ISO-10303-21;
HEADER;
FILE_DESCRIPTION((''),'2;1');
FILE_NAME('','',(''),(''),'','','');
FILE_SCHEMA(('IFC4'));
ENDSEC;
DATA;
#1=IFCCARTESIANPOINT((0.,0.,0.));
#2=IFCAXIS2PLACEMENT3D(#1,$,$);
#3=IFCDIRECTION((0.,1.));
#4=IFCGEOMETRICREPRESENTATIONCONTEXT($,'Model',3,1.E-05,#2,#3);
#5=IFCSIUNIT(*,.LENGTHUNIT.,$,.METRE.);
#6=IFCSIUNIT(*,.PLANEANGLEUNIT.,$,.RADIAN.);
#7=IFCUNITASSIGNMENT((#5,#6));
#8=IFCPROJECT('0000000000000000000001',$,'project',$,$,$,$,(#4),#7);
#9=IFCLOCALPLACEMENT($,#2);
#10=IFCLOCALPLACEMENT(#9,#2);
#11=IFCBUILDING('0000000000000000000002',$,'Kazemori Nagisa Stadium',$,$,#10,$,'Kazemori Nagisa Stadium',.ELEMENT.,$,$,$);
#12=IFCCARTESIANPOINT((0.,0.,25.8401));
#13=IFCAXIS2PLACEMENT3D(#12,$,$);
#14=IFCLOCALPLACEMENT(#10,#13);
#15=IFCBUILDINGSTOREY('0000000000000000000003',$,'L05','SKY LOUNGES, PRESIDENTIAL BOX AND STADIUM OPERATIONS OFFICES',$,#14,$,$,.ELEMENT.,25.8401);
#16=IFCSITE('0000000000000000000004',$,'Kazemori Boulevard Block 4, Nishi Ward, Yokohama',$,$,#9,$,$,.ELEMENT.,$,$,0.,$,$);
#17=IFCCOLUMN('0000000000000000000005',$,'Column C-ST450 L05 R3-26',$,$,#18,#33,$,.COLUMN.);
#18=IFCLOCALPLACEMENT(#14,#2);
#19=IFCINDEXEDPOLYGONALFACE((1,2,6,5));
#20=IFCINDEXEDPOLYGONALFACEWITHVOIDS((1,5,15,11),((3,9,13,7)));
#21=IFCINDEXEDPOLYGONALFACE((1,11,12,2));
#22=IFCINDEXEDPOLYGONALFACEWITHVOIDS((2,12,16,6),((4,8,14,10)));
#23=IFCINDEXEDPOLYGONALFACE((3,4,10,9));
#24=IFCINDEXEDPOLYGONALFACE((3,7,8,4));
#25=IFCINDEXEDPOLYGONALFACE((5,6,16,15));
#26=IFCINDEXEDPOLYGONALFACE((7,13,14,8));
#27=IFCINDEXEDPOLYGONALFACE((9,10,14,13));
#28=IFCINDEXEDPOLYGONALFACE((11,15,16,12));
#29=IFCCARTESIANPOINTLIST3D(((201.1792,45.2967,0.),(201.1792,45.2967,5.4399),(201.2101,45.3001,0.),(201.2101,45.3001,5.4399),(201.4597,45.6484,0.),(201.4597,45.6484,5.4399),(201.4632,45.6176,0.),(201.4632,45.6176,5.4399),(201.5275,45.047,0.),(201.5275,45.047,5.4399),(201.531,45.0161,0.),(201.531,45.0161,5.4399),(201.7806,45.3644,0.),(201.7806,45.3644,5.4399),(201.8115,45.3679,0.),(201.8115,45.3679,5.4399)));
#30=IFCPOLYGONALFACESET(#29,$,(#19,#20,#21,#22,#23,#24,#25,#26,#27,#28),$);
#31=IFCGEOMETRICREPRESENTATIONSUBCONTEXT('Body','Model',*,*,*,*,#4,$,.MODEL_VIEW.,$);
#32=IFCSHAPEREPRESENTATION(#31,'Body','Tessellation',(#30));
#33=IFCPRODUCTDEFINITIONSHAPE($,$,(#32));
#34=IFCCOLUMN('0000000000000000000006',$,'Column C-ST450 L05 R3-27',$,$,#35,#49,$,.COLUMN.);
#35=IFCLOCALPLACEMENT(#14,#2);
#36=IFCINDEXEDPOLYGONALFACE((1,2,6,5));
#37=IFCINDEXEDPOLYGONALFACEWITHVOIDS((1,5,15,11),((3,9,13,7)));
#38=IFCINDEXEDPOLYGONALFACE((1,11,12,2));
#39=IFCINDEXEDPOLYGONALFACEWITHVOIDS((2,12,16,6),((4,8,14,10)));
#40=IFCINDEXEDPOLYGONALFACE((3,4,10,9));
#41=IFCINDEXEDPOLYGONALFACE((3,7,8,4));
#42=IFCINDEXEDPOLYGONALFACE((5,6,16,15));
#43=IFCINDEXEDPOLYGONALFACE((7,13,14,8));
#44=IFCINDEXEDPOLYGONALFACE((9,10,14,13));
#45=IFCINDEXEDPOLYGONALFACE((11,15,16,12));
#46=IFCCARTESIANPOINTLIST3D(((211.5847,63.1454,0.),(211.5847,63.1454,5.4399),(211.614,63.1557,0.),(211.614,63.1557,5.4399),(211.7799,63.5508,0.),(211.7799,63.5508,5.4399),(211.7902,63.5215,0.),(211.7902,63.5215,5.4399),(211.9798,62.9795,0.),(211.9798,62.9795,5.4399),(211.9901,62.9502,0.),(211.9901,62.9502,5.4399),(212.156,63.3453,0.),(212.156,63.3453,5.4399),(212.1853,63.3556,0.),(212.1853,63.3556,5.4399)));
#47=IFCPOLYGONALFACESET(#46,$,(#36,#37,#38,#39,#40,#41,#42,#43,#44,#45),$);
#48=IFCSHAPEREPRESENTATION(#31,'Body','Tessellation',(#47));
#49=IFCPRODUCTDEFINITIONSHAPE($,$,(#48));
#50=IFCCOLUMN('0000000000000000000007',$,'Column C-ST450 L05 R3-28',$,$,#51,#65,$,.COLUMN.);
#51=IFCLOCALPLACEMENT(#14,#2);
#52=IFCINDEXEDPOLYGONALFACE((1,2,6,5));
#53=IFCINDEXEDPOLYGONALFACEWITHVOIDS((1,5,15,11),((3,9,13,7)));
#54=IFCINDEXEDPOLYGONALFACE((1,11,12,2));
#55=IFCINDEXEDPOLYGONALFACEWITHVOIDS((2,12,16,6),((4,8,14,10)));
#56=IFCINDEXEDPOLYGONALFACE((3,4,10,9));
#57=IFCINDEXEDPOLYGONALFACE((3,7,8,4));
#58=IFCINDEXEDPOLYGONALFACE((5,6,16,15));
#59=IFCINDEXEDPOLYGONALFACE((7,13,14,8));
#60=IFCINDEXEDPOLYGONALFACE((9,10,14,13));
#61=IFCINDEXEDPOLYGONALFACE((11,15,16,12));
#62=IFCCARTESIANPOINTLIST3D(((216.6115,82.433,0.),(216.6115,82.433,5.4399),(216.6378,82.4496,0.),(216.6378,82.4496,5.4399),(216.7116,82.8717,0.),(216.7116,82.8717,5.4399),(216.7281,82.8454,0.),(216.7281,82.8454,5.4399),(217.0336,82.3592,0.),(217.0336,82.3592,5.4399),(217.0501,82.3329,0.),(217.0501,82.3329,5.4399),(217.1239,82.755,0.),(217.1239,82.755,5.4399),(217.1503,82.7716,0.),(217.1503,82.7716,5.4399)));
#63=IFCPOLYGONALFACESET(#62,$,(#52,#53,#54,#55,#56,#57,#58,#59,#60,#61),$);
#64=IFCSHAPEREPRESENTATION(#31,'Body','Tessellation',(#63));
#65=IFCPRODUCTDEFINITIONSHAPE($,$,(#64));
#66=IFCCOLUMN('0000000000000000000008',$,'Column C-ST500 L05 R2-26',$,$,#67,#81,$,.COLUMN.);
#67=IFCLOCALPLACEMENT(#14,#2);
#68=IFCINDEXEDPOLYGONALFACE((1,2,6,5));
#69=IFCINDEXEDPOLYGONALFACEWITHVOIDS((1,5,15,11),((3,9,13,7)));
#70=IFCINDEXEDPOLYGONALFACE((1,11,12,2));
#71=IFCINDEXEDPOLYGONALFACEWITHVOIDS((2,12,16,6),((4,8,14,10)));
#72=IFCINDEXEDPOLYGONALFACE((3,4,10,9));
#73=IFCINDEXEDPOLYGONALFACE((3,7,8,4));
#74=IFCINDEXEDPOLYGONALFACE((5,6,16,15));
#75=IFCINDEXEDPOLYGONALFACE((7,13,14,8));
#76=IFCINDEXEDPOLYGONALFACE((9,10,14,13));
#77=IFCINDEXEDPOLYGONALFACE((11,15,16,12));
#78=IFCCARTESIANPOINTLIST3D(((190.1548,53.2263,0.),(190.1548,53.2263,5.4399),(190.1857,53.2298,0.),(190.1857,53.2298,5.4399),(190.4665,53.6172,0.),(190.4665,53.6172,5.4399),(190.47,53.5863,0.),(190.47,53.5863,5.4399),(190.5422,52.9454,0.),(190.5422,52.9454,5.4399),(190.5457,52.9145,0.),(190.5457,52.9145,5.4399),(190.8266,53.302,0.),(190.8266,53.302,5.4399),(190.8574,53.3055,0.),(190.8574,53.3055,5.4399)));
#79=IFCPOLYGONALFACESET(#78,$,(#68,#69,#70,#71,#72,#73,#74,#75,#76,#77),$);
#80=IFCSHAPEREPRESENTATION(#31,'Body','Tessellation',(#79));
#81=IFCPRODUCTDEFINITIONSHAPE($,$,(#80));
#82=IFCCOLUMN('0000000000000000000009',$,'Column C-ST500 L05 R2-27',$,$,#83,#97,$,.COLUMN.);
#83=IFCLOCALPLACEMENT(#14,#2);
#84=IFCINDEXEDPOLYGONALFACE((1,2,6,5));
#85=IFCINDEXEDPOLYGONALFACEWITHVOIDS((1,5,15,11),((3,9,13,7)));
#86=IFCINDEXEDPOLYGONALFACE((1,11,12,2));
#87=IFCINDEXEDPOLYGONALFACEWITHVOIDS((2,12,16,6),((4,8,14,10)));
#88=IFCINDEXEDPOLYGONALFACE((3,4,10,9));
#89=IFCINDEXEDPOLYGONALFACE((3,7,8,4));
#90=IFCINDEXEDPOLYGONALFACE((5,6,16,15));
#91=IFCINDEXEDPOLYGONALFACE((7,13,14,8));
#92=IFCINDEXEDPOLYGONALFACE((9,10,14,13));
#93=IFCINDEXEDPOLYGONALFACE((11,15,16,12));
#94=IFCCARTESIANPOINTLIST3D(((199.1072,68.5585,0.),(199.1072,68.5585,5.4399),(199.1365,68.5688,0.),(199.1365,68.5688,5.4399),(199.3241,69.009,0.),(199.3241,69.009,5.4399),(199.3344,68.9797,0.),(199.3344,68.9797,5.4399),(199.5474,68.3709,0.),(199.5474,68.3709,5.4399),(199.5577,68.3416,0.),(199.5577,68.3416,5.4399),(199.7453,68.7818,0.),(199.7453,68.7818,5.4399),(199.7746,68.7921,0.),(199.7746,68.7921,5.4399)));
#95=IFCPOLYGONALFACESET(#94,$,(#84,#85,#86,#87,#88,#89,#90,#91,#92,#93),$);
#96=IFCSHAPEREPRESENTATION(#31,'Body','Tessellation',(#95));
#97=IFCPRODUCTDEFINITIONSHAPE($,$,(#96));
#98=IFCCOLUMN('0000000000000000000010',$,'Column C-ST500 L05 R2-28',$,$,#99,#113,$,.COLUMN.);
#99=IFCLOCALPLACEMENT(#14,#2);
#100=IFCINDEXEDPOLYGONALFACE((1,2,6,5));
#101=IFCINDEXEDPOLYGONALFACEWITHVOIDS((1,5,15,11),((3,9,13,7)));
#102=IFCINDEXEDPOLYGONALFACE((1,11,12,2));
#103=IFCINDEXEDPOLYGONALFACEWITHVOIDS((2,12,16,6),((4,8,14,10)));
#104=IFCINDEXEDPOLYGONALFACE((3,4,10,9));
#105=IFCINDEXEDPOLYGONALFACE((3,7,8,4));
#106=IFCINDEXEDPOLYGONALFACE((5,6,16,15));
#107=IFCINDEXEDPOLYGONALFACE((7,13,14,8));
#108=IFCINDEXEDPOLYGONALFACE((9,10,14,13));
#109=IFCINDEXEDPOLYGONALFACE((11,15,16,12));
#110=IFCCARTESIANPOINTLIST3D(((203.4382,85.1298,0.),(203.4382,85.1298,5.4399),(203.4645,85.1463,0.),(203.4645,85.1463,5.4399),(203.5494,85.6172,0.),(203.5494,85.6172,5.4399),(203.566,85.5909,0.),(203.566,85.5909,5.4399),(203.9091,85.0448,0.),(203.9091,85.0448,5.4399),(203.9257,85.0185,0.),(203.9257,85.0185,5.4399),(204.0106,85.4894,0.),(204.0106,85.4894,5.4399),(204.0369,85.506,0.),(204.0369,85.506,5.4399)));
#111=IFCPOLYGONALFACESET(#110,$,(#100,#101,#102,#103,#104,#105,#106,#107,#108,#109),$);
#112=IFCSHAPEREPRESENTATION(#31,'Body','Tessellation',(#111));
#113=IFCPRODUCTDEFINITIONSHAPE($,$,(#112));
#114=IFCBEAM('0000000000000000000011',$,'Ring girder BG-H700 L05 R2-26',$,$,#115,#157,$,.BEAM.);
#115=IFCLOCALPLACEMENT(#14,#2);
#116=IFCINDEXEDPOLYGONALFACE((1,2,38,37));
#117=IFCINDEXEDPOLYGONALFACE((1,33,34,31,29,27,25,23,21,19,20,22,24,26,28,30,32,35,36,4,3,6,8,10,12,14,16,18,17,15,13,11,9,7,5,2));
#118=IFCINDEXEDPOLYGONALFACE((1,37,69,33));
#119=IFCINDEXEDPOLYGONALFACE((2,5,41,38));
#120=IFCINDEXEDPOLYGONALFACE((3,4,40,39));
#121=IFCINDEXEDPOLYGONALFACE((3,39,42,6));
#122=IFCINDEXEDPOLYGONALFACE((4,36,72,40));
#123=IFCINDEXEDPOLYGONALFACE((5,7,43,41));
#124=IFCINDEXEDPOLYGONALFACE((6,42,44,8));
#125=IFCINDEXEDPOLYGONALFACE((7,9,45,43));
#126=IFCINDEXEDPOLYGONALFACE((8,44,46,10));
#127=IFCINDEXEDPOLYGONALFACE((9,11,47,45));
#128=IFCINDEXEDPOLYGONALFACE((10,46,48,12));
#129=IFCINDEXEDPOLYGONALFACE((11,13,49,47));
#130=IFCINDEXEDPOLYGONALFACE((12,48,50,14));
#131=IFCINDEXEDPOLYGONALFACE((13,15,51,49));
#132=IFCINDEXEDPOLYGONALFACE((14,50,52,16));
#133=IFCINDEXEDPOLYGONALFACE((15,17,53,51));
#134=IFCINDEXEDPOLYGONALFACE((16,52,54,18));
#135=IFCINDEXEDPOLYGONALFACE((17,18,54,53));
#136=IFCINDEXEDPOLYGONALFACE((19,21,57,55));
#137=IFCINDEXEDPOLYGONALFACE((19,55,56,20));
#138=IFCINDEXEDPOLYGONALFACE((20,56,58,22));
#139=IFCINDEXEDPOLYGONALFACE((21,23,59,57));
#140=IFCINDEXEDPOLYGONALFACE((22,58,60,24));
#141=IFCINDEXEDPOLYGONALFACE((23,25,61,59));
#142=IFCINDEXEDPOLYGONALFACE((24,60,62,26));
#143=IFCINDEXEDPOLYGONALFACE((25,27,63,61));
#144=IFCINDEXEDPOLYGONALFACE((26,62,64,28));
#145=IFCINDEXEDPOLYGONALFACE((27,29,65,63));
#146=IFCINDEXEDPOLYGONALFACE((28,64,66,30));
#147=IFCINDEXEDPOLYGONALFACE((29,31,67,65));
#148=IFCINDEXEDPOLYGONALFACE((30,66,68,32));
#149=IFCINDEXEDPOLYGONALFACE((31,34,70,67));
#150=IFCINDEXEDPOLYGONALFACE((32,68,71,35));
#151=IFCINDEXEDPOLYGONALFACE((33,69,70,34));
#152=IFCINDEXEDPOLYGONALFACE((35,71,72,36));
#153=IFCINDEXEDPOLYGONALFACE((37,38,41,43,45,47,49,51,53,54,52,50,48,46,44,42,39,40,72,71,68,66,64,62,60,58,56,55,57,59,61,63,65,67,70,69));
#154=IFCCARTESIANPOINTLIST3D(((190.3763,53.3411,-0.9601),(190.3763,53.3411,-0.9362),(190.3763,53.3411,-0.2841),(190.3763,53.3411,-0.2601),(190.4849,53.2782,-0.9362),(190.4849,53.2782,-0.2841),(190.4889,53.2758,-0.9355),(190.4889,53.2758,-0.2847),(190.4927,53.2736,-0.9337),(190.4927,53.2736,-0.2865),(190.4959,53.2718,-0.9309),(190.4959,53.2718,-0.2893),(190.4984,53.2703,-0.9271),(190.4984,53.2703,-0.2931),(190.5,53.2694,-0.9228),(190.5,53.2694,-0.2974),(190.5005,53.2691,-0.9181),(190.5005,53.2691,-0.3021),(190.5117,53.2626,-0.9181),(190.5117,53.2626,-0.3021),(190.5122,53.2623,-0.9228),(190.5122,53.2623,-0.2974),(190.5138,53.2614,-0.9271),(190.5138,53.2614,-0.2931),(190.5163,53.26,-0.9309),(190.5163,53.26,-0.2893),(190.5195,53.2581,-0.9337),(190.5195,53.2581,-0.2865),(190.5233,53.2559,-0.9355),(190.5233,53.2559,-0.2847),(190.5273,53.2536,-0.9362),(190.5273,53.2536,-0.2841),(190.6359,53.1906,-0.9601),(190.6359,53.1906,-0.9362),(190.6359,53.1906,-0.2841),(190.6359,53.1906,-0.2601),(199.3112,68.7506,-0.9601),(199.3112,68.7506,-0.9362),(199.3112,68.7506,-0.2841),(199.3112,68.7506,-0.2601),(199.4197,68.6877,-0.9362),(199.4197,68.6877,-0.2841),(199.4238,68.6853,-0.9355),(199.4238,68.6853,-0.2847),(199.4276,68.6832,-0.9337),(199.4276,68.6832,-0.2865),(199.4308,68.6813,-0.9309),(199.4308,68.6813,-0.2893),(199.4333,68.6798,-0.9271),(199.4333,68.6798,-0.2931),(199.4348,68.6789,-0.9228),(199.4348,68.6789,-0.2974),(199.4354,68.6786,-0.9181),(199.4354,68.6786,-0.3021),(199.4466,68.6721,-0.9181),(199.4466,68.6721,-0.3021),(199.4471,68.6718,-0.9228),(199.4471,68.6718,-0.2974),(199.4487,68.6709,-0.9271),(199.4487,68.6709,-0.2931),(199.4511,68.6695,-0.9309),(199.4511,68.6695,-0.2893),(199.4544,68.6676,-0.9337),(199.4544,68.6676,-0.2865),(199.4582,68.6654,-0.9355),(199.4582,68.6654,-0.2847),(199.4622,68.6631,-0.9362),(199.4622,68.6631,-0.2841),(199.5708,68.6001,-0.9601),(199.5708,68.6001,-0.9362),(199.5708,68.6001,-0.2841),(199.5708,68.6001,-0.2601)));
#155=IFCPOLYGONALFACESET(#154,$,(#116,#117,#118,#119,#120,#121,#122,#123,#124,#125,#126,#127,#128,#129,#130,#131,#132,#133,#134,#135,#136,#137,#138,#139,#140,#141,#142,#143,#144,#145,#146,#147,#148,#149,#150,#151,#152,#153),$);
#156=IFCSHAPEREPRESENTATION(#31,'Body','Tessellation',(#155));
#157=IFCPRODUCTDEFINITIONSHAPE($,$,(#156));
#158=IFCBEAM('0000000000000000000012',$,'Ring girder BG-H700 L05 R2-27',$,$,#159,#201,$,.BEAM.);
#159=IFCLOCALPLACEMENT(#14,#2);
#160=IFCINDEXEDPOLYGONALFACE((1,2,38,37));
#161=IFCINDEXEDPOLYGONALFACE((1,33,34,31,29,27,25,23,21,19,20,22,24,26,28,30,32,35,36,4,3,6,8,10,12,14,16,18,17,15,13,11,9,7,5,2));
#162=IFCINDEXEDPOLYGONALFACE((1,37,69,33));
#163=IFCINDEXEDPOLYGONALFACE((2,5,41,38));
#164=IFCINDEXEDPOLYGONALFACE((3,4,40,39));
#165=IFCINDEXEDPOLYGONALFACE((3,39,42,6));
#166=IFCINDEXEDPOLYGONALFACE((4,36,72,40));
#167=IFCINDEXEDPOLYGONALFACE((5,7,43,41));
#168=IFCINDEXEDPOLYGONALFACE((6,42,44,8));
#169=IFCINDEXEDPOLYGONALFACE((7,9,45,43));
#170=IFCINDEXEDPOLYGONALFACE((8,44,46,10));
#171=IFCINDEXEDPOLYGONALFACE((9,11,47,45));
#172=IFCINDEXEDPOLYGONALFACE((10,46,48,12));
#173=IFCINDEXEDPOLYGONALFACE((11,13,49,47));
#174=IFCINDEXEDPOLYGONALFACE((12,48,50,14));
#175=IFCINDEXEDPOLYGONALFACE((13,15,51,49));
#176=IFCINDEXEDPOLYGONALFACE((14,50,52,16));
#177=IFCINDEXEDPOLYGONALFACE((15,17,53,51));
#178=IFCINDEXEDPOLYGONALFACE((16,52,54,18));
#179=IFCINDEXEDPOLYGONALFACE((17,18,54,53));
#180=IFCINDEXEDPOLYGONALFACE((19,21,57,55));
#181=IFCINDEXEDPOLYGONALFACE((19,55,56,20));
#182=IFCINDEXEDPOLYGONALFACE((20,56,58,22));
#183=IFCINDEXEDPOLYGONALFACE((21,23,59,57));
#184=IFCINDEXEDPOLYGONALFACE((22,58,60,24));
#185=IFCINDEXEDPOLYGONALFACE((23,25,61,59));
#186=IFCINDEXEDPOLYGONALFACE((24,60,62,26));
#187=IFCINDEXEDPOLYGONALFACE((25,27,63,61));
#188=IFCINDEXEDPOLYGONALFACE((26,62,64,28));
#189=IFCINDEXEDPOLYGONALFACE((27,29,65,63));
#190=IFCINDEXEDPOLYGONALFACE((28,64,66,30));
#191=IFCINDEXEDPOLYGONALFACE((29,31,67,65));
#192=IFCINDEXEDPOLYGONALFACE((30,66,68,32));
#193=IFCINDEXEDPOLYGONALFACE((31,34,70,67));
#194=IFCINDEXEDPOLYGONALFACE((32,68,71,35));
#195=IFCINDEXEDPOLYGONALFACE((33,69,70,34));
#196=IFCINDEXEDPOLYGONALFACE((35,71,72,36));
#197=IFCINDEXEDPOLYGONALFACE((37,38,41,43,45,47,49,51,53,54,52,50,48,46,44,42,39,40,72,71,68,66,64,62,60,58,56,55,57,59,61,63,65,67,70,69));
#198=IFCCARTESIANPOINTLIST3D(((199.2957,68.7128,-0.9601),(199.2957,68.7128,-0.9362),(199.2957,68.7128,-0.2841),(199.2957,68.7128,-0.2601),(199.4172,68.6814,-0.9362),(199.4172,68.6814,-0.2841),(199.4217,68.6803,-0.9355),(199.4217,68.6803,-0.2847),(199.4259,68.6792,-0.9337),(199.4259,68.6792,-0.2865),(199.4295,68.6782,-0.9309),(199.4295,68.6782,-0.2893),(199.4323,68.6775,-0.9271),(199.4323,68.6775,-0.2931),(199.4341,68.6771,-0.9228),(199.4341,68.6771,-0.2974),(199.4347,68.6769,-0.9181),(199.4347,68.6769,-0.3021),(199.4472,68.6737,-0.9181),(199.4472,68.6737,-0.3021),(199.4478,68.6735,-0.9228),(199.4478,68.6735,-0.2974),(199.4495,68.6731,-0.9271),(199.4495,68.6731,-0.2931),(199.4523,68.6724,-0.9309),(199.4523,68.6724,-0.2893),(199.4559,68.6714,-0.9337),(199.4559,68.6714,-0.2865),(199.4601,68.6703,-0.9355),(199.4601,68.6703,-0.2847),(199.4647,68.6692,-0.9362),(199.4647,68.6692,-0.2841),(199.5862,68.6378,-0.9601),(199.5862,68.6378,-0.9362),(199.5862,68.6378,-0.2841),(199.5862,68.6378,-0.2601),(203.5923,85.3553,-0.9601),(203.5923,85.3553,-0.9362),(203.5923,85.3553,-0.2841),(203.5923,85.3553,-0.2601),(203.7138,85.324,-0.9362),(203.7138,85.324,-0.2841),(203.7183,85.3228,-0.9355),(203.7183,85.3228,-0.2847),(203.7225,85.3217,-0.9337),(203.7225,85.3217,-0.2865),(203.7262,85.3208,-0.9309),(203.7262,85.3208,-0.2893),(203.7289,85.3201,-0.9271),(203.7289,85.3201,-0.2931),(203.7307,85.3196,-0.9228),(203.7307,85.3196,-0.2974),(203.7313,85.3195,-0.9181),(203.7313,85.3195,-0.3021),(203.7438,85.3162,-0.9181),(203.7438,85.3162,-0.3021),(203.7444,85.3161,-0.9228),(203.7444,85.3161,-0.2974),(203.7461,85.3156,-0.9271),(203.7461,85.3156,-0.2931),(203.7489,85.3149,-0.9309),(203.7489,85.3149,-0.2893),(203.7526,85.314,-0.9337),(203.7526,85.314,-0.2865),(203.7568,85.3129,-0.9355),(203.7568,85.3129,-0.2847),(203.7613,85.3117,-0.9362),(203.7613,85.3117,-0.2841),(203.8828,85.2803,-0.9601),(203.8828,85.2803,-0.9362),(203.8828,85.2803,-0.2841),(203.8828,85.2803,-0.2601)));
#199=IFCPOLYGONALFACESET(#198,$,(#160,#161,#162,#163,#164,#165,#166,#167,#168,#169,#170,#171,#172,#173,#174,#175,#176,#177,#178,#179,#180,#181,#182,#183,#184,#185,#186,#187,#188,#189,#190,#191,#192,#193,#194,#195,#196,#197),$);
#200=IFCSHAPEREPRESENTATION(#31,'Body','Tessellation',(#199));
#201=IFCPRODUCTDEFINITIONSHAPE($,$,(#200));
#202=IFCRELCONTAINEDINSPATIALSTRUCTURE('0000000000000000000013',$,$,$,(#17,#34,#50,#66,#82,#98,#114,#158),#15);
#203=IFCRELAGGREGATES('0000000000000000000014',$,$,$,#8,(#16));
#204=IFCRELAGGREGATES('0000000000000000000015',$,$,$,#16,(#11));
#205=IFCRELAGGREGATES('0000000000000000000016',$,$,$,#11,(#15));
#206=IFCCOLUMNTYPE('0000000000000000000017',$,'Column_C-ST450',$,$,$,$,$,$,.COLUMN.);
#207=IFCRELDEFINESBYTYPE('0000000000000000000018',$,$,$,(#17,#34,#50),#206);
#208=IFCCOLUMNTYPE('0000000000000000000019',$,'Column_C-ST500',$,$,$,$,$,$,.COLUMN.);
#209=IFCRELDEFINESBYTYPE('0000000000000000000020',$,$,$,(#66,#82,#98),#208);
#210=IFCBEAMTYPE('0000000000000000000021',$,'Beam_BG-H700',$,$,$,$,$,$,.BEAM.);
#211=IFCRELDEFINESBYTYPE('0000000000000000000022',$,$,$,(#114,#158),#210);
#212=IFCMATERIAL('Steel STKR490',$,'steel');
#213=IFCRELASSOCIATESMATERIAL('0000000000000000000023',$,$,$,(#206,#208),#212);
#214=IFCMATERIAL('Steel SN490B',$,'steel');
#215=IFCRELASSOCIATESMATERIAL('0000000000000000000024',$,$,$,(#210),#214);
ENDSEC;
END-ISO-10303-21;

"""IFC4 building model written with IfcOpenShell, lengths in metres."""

from ifc_helpers import new_model, si_unit, direction, frame, origin, origin_2d, place, context, subcontext, project, spatial, hollow_rectangle, i_section, extrude, material, material_profile, profile_set, type_object, element, save


model = new_model("IFC4")

# Units and contexts
model_context = context("Model", 3, precision=1e-05, world=origin(), true_north=direction((0.0, 1.0)))
body_context = subcontext(model_context, "Body", "Model", "MODEL_VIEW")
ifc_project = project(units=[si_unit("LENGTHUNIT", "METRE"), si_unit("PLANEANGLEUNIT", "RADIAN")], contexts=[model_context])

# Site, building, storey
site_placement = place(None, origin())
site = spatial("IfcSite", under=ifc_project, at=site_placement, Name="Kazemori Boulevard Block 4, Nishi Ward, Yokohama", CompositionType="ELEMENT", RefElevation=0.0)
building_placement = place(site_placement, origin())
building = spatial("IfcBuilding", under=site, at=building_placement, Name="Kazemori Nagisa Stadium", LongName="Kazemori Nagisa Stadium", CompositionType="ELEMENT")
storey_placement = place(building_placement, frame((0.0, 0.0, 25.8401)))
storey = spatial("IfcBuildingStorey", under=building, at=storey_placement, Name="L05", Description="SKY LOUNGES, PRESIDENTIAL BOX AND STADIUM OPERATIONS OFFICES", CompositionType="ELEMENT", Elevation=25.8401)

# Columns
ifc_material_1 = material(Name="Steel STKR490", Category="steel")
ifc_material_profile_1 = material_profile(ifc_material_1, hollow_rectangle(XDim=0.45, YDim=0.45, WallThickness=0.022, at=origin_2d()), Name="SHS-450x450x22")
ifc_profile_set_1 = profile_set([ifc_material_profile_1], Name="Steel STKR490")
column_type_1 = type_object("IfcColumnType", Name="Column_C-ST450", PredefinedType="COLUMN", material=ifc_profile_set_1)
for number, where, z_axis, x_axis, name in (
    (1, (201.4954, 45.3323, 0.0), (0.0, 0.0, 1.0), (0.781831, -0.62349, 0.0), "Column C-ST450 L05 R3-26"),
    (2, (211.885, 63.2505, 0.0), (0.0, 0.0, 1.0), (0.900969, -0.433884, 0.0), "Column C-ST450 L05 R3-27"),
    (3, (216.8809, 82.6023, 0.0), (0.0, 0.0, 1.0), (0.974928, -0.222521, 0.0), "Column C-ST450 L05 R3-28"),
):
    element("IfcColumn", number, at=place(storey_placement, frame(where, z_axis=z_axis, x_axis=x_axis)), inside=storey, type_object=column_type_1, Name=name, PredefinedType="COLUMN", context=body_context, shape_type="SweptSolid", body=[
        extrude(hollow_rectangle(XDim=0.45, YDim=0.45, WallThickness=0.022, at=origin_2d()), origin(), (0.0, 0.0, 1.0), 5.4399),
    ])
ifc_material_profile_2 = material_profile(ifc_material_1, hollow_rectangle(XDim=0.5, YDim=0.5, WallThickness=0.022, at=origin_2d()), Name="SHS-500x500x22")
ifc_profile_set_2 = profile_set([ifc_material_profile_2], Name="Steel STKR490")
column_type_2 = type_object("IfcColumnType", Name="Column_C-ST500", PredefinedType="COLUMN", material=ifc_profile_set_2)
for number, where, z_axis, x_axis, name in (
    (4, (190.5061, 53.2659, 0.0), (0.0, 0.0, 1.0), (0.781831, -0.62349, 0.0), "Column C-ST500 L05 R2-26"),
    (5, (199.4409, 68.6753, 0.0), (0.0, 0.0, 1.0), (0.900969, -0.433884, 0.0), "Column C-ST500 L05 R2-27"),
    (6, (203.7375, 85.3179, 0.0), (0.0, 0.0, 1.0), (0.974928, -0.222521, 0.0), "Column C-ST500 L05 R2-28"),
):
    element("IfcColumn", number, at=place(storey_placement, frame(where, z_axis=z_axis, x_axis=x_axis)), inside=storey, type_object=column_type_2, Name=name, PredefinedType="COLUMN", context=body_context, shape_type="SweptSolid", body=[
        extrude(hollow_rectangle(XDim=0.5, YDim=0.5, WallThickness=0.022, at=origin_2d()), origin(), (0.0, 0.0, 1.0), 5.4399),
    ])

# Beams
ifc_material_2 = material(Name="Steel SN490B", Category="steel")
ifc_material_profile_3 = material_profile(ifc_material_2, i_section(OverallWidth=0.3, OverallDepth=0.7, WebThickness=0.0129, FlangeThickness=0.0239, FilletRadius=0.0181, at=origin_2d()), Name="H-700x300x13x24")
ifc_profile_set_3 = profile_set([ifc_material_profile_3], Name="Steel SN490B")
beam_type_1 = type_object("IfcBeamType", Name="Beam_BG-H700", PredefinedType="BEAM", material=ifc_profile_set_3)
beam_1_placement = place(storey_placement, frame((190.5061, 53.2659, -0.6101), z_axis=(0.501607, 0.865096, 0.0), x_axis=(-0.865096, 0.501607, 0.0)))
element("IfcBeam", 7, at=beam_1_placement, inside=storey, type_object=beam_type_1, Name="Ring girder BG-H700 L05 R2-26", PredefinedType="BEAM", context=body_context, shape_type="SweptSolid", body=[
    extrude(i_section(OverallWidth=0.3, OverallDepth=0.7, WebThickness=0.0129, FlangeThickness=0.0239, FilletRadius=0.0181, at=origin_2d()), origin(), (0.0, 0.0, 1.0), 17.8125),
])
beam_2_placement = place(storey_placement, frame((199.4409, 68.6753, -0.6101), z_axis=(0.249975, 0.968252, 0.0), x_axis=(-0.968252, 0.249975, 0.0)))
element("IfcBeam", 8, at=beam_2_placement, inside=storey, type_object=beam_type_1, Name="Ring girder BG-H700 L05 R2-27", PredefinedType="BEAM", context=body_context, shape_type="SweptSolid", body=[
    extrude(i_section(OverallWidth=0.3, OverallDepth=0.7, WebThickness=0.0129, FlangeThickness=0.0239, FilletRadius=0.0181, at=origin_2d()), origin(), (0.0, 0.0, 1.0), 17.1882),
])

save(model, "model.ifc")
